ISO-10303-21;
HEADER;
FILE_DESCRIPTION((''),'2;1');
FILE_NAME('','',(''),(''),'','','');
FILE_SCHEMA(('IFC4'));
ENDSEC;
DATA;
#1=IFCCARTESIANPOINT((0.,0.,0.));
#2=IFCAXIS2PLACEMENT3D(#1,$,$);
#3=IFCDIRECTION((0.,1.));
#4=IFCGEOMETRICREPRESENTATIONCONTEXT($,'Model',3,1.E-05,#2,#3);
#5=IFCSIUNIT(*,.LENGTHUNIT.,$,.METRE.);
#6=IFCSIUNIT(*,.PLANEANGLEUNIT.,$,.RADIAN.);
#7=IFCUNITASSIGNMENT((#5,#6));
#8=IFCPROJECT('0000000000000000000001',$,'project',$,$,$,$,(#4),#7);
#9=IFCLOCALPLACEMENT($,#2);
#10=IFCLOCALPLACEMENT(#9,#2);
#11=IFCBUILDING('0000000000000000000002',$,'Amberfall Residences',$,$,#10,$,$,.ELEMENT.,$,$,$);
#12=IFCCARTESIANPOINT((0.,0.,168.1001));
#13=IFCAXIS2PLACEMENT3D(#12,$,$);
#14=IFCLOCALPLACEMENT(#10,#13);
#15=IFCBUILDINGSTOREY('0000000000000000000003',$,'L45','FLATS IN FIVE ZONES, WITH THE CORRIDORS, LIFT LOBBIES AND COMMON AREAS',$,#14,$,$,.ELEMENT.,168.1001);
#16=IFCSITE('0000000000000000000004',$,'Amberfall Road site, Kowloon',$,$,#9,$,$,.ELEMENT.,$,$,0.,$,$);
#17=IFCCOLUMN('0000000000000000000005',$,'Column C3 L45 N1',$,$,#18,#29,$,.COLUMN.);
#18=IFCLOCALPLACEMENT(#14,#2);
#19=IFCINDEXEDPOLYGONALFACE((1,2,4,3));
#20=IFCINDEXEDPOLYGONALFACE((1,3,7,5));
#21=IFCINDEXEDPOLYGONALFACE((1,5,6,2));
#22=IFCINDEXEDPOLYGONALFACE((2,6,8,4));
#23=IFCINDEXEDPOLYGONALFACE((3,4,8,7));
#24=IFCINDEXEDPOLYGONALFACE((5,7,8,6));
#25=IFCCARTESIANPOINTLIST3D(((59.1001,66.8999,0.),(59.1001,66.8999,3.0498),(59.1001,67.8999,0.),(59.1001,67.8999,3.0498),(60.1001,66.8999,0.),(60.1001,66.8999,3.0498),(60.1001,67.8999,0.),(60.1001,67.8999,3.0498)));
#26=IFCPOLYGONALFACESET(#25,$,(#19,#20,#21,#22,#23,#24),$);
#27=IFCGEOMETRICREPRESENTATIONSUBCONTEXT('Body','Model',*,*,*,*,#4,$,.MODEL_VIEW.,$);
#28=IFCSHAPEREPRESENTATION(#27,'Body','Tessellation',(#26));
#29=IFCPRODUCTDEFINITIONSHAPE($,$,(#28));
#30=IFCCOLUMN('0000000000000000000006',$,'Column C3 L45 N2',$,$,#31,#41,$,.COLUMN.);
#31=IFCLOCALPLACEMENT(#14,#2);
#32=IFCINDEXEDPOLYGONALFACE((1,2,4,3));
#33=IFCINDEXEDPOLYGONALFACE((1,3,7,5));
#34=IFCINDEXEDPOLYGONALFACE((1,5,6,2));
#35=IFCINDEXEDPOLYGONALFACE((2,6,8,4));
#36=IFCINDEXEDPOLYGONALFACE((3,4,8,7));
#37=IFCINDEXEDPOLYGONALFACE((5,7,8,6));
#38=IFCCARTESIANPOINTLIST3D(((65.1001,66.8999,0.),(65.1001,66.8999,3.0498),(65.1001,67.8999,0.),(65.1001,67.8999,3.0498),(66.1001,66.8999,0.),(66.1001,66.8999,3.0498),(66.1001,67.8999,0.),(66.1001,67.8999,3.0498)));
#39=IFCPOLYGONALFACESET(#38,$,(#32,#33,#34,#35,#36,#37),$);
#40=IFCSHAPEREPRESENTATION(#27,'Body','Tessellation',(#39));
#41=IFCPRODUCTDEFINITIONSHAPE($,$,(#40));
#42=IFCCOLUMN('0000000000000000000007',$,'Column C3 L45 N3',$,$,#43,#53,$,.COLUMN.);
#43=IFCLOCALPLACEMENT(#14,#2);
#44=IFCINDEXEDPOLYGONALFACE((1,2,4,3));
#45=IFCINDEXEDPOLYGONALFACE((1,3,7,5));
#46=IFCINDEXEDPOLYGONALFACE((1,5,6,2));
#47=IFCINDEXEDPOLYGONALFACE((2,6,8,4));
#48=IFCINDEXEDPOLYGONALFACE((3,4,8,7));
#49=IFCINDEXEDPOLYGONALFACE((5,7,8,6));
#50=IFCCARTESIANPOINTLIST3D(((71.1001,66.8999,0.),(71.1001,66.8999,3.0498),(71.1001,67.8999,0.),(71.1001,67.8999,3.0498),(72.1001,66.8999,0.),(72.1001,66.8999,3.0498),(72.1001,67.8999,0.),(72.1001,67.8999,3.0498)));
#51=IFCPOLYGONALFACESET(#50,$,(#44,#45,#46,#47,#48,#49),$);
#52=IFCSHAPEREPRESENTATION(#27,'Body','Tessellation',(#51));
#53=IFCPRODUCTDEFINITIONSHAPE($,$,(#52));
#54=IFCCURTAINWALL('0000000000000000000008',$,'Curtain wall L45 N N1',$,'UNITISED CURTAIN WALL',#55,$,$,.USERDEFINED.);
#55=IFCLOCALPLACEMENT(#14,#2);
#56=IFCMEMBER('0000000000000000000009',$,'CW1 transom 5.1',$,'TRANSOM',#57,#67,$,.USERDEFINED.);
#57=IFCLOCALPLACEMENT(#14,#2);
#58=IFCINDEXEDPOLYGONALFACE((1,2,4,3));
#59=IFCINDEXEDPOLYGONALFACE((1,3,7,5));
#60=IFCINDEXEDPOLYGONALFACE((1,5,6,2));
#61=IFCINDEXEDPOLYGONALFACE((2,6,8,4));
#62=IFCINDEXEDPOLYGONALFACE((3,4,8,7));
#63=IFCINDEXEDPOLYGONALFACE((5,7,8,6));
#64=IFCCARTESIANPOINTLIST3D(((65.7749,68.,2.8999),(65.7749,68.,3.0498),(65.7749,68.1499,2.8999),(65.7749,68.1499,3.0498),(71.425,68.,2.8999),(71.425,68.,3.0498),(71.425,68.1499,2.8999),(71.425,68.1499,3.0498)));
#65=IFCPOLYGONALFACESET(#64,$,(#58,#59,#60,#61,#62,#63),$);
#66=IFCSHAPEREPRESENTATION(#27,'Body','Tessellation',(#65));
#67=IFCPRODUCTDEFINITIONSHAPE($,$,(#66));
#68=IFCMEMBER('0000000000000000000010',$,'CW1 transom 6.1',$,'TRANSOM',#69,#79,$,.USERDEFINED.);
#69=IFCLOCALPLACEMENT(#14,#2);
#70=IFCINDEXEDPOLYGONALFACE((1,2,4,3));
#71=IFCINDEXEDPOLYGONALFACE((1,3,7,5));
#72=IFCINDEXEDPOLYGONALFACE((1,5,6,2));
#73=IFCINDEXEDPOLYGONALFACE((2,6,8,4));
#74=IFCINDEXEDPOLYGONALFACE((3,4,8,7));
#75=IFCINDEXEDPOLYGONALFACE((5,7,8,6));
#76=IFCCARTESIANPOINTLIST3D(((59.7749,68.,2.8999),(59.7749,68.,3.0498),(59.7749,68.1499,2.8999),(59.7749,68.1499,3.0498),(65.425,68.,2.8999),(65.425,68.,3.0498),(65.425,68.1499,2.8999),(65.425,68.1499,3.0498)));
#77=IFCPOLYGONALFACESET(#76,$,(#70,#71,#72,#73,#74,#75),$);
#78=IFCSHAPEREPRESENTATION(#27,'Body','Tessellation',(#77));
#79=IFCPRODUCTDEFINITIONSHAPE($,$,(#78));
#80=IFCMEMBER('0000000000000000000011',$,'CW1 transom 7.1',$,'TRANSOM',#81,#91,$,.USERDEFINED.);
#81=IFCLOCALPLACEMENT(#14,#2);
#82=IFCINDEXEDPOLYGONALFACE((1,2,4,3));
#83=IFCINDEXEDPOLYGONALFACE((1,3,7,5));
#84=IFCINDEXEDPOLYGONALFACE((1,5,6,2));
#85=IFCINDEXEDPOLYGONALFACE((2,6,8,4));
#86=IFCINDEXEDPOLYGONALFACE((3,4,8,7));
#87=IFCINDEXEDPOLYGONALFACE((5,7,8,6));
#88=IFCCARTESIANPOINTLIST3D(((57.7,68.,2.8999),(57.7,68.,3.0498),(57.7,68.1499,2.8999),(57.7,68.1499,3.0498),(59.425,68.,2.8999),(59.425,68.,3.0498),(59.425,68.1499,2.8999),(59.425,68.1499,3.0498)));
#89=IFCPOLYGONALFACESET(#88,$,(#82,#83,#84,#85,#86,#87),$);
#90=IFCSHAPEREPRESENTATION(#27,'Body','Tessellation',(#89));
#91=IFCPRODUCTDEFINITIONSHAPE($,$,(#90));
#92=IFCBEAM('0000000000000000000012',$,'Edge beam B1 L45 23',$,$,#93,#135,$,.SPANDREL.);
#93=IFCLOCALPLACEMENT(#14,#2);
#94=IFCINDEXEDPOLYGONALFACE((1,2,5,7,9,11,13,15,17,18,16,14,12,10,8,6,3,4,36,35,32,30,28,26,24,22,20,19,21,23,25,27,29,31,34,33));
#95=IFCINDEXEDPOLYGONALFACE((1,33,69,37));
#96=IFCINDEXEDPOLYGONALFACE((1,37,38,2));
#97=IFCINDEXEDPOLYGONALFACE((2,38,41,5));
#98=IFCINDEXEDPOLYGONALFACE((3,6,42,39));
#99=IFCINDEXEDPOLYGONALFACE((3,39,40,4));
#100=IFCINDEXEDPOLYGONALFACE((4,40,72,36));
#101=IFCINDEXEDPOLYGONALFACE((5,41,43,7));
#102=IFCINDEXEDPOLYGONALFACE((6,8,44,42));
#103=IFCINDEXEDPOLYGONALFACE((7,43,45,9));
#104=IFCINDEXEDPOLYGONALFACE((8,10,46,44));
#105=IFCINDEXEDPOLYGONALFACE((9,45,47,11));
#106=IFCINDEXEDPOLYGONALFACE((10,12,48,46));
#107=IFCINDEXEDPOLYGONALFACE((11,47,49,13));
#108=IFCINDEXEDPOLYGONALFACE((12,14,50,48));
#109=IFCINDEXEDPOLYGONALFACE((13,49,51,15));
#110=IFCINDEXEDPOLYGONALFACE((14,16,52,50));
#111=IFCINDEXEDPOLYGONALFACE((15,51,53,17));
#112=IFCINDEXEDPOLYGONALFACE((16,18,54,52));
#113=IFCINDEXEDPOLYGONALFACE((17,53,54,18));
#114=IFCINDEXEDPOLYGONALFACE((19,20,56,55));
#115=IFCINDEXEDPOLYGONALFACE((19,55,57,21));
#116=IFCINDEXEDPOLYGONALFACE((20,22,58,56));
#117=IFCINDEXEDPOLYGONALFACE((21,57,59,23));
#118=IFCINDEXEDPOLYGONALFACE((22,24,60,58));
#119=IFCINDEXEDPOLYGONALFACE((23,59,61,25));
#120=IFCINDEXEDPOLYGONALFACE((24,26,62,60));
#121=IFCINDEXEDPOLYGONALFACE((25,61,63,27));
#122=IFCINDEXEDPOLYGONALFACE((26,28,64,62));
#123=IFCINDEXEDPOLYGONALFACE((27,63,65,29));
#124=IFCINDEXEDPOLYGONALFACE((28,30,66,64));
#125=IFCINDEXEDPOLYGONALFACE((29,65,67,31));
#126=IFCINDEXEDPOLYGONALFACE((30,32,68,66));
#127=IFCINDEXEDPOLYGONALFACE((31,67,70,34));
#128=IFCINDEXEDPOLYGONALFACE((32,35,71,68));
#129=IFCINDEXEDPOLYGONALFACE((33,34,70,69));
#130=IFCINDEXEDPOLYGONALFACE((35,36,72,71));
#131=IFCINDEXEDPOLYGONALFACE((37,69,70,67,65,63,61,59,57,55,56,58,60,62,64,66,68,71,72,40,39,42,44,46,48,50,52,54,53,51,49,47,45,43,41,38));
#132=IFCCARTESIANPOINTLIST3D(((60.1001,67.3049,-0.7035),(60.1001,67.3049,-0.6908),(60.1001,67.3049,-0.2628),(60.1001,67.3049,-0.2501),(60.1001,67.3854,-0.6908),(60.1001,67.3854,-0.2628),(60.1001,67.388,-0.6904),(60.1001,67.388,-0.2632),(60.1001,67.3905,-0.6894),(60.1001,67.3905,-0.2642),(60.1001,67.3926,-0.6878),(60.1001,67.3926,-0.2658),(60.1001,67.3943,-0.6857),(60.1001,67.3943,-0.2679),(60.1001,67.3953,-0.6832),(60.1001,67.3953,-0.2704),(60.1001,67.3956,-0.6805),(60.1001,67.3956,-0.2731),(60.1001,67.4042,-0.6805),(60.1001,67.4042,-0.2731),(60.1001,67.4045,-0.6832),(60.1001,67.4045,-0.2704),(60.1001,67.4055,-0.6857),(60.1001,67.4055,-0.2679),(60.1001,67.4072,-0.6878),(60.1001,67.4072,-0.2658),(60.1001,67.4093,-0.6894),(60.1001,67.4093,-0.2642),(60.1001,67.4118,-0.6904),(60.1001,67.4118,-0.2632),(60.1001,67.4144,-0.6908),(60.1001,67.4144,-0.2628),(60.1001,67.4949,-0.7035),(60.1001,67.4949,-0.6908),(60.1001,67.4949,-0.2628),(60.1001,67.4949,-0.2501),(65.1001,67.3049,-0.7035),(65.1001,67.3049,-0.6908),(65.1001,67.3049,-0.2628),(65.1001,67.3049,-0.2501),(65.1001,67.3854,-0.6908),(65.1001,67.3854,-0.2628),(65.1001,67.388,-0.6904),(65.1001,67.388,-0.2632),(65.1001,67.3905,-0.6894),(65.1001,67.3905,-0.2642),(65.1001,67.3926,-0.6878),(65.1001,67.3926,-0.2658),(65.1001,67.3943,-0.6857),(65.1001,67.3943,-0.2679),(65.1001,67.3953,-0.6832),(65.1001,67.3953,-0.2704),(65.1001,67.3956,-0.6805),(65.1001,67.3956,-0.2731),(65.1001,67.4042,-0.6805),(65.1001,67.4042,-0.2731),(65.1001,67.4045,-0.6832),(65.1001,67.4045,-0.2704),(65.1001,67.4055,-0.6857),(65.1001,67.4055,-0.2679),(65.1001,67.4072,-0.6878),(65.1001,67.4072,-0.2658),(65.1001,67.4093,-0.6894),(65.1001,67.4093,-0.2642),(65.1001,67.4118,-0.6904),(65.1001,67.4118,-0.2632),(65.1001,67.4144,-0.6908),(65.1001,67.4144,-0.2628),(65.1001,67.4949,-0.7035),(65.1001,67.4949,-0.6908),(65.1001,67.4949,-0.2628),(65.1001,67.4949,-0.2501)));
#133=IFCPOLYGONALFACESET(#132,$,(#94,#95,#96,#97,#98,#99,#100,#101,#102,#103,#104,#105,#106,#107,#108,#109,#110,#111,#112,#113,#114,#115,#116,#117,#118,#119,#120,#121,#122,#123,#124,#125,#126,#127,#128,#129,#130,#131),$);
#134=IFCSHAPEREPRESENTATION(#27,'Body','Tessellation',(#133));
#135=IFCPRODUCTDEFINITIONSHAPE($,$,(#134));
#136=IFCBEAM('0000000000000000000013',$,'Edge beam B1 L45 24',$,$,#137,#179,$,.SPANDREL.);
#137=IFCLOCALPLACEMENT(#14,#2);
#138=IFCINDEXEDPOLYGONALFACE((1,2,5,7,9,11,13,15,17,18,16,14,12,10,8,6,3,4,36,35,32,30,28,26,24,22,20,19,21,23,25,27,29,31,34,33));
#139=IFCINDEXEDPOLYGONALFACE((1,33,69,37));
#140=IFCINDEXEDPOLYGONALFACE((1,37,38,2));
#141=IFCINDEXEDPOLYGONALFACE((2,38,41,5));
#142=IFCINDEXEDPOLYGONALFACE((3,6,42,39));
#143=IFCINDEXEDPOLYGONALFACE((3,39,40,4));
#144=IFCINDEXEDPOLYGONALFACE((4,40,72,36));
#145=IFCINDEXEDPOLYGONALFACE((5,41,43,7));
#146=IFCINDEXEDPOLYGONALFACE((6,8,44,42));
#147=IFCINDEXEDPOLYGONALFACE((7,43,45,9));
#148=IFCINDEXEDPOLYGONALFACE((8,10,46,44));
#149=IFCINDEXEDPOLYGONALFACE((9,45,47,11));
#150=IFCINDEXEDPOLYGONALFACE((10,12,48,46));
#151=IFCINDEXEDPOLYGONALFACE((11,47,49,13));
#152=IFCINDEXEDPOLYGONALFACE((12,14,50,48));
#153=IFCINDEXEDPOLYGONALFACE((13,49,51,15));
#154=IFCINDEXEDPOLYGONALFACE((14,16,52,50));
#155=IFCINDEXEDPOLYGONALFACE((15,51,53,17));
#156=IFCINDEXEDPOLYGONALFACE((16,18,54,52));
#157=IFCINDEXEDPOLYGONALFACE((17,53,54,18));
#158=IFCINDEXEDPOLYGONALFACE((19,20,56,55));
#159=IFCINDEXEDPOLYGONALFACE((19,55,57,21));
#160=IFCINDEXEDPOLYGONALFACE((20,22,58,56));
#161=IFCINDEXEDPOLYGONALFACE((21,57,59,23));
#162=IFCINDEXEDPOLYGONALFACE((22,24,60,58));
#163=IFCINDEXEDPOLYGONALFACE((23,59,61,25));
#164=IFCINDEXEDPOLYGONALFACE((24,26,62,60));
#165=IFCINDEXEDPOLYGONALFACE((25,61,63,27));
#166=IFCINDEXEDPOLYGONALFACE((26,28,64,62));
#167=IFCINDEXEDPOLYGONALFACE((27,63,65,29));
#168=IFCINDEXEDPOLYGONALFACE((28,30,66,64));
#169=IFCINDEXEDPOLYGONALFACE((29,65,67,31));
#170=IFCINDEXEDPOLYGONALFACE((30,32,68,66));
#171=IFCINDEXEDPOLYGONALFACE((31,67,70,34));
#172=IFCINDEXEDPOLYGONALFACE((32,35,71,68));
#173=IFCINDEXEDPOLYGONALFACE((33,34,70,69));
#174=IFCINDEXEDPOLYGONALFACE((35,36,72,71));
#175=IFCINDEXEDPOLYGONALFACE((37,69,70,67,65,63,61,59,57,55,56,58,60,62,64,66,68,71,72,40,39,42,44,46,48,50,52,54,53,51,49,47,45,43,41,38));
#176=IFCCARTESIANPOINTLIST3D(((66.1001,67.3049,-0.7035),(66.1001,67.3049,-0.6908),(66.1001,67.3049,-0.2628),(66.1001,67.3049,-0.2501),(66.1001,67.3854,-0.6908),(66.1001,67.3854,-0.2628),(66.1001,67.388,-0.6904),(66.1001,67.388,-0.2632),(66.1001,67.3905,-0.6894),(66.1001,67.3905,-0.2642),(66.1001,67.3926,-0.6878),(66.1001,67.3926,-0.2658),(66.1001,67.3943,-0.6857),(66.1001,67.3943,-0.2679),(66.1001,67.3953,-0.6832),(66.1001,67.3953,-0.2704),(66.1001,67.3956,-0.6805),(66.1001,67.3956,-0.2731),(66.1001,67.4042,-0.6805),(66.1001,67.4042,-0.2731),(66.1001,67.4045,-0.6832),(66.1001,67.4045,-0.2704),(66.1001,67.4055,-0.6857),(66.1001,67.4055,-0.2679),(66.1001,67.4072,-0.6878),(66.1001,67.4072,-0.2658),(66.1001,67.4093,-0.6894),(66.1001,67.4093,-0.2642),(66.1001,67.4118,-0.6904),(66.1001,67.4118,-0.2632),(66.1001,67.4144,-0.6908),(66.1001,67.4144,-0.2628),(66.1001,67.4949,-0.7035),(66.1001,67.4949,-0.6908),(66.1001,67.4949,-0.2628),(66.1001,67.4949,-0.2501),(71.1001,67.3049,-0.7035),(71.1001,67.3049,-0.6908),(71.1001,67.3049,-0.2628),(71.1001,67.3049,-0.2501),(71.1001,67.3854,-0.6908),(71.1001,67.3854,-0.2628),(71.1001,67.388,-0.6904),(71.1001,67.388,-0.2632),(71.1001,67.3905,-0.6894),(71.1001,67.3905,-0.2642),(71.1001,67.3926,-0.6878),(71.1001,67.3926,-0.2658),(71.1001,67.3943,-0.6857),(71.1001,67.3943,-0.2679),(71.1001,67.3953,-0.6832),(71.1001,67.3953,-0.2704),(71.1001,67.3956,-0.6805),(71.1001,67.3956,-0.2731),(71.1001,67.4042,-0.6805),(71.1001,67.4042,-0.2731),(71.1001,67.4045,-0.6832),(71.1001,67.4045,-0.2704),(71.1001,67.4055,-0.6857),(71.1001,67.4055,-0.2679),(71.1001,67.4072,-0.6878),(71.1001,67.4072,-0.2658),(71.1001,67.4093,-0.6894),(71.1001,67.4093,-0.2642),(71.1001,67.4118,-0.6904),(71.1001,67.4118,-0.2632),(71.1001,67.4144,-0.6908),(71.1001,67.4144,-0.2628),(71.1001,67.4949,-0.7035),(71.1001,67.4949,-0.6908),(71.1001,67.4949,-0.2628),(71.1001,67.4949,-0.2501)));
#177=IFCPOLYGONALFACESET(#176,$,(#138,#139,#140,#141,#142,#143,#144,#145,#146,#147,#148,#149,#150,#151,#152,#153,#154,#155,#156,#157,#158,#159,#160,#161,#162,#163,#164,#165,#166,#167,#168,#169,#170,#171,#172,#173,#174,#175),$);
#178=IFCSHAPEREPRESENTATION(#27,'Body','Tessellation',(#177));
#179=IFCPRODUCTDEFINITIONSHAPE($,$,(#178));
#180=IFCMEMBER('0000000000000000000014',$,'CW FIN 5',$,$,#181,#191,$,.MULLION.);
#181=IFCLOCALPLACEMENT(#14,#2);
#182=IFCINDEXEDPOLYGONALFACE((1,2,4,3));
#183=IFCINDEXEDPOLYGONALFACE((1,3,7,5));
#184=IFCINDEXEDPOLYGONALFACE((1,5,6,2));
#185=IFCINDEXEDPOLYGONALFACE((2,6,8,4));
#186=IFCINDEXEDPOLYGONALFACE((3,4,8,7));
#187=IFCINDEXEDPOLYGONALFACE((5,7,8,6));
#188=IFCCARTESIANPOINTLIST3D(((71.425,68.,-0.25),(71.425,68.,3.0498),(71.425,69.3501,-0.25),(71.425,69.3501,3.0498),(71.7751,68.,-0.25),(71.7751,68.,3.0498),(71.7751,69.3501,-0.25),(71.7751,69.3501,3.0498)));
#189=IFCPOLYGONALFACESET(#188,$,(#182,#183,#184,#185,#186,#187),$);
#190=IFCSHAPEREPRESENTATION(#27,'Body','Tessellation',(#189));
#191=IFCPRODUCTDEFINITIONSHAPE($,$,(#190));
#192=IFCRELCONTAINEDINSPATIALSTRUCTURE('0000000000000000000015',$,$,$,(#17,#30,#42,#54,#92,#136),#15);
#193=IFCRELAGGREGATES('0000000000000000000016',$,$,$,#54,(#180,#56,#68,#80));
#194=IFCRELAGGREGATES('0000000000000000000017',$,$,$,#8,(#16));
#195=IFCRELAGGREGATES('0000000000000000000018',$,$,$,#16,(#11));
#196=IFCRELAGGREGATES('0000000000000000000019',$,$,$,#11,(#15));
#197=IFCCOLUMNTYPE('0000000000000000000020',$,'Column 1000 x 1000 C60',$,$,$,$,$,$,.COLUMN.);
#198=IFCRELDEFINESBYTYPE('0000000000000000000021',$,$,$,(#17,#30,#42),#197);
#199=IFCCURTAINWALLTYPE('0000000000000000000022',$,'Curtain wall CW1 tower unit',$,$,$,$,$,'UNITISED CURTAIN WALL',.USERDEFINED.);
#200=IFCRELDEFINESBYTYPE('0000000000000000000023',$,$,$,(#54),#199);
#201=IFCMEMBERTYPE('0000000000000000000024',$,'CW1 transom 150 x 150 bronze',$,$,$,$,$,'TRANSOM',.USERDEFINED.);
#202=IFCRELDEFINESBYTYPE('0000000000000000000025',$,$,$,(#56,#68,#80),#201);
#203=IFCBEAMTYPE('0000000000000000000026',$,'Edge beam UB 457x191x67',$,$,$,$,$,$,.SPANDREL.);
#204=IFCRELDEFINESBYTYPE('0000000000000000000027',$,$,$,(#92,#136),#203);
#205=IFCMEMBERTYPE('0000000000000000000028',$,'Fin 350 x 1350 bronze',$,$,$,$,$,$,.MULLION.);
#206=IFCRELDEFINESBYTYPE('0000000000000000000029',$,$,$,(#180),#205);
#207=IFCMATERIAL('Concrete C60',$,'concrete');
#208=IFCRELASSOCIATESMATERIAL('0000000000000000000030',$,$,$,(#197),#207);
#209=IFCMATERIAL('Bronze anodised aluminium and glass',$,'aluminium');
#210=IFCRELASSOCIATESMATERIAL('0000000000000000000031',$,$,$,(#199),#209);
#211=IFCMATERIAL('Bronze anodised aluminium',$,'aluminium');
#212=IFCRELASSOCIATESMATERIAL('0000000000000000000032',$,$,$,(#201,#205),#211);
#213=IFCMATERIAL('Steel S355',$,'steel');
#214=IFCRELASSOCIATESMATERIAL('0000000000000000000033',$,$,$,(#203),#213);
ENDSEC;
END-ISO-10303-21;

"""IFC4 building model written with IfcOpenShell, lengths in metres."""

from ifc_helpers import new_model, si_unit, direction, frame, origin, origin_2d, place, context, subcontext, project, spatial, rectangle, i_section, extrude, material, material_profile, profile_set, type_object, element, aggregate, save


model = new_model("IFC4")

# Units and contexts
model_context = context("Model", 3, precision=1e-05, world=origin(), true_north=direction((0.0, 1.0)))
body_context = subcontext(model_context, "Body", "Model", "MODEL_VIEW")
ifc_project = project(units=[si_unit("LENGTHUNIT", "METRE"), si_unit("PLANEANGLEUNIT", "RADIAN")], contexts=[model_context])

# Site, building, storey
site_placement = place(None, origin())
site = spatial("IfcSite", under=ifc_project, at=site_placement, Name="Amberfall Road site, Kowloon", CompositionType="ELEMENT", RefElevation=0.0)
building_placement = place(site_placement, origin())
building = spatial("IfcBuilding", under=site, at=building_placement, Name="Amberfall Residences", CompositionType="ELEMENT")
storey_placement = place(building_placement, frame((0.0, 0.0, 168.1001)))
storey = spatial("IfcBuildingStorey", under=building, at=storey_placement, Name="L45", Description="FLATS IN FIVE ZONES, WITH THE CORRIDORS, LIFT LOBBIES AND COMMON AREAS", CompositionType="ELEMENT", Elevation=168.1001)

# Columns
ifc_material_1 = material(Name="Concrete C60", Category="concrete")
ifc_material_profile_1 = material_profile(ifc_material_1, rectangle(XDim=1.0, YDim=1.0, at=origin_2d()), Name="Column 1000 x 1000 C60")
ifc_profile_set_1 = profile_set([ifc_material_profile_1], Name="Concrete C60")
column_type = type_object("IfcColumnType", Name="Column 1000 x 1000 C60", PredefinedType="COLUMN", material=ifc_profile_set_1)
for number, where, z_axis, x_axis, name in (
    (1, (59.6001, 67.3999, 0.0), (0.0, 0.0, 1.0), (1.0, 0.0, 0.0), "Column C3 L45 N1"),
    (2, (65.6001, 67.3999, 0.0), (0.0, 0.0, 1.0), (1.0, 0.0, 0.0), "Column C3 L45 N2"),
    (3, (71.6001, 67.3999, 0.0), (0.0, 0.0, 1.0), (1.0, 0.0, 0.0), "Column C3 L45 N3"),
):
    element("IfcColumn", number, at=place(storey_placement, frame(where, z_axis=z_axis, x_axis=x_axis)), inside=storey, type_object=column_type, Name=name, PredefinedType="COLUMN", context=body_context, shape_type="SweptSolid", body=[
        extrude(rectangle(XDim=1.0, YDim=1.0, at=origin_2d()), origin(), (0.0, 0.0, 1.0), 3.0498),
    ])

# Curtain wall, members
ifc_material_2 = material(Name="Bronze anodised aluminium and glass", Category="aluminium")
curtain_wall_type = type_object("IfcCurtainWallType", Name="Curtain wall CW1 tower unit", ElementType="UNITISED CURTAIN WALL", PredefinedType="USERDEFINED", material=ifc_material_2)
curtain_wall_placement = place(storey_placement, origin())
curtain_wall = element("IfcCurtainWall", 4, at=curtain_wall_placement, inside=storey, type_object=curtain_wall_type, Name="Curtain wall L45 N N1", ObjectType="UNITISED CURTAIN WALL", PredefinedType="USERDEFINED")
ifc_material_3 = material(Name="Bronze anodised aluminium", Category="aluminium")
ifc_material_profile_2 = material_profile(ifc_material_3, rectangle(XDim=0.1499, YDim=0.1499, at=origin_2d()), Name="CW1 transom 150 x 150 bronze")
ifc_profile_set_2 = profile_set([ifc_material_profile_2], Name="Bronze anodised aluminium")
member_type_1 = type_object("IfcMemberType", Name="CW1 transom 150 x 150 bronze", ElementType="TRANSOM", PredefinedType="USERDEFINED", material=ifc_profile_set_2)
member_1_placement = place(storey_placement, frame((71.425, 68.075, 2.9749), z_axis=(-1.0, 0.0, 0.0), x_axis=(0.0, -1.0, 0.0)))
member_1 = element("IfcMember", 5, at=member_1_placement, type_object=member_type_1, Name="CW1 transom 5.1", ObjectType="TRANSOM", PredefinedType="USERDEFINED", context=body_context, shape_type="SweptSolid", body=[
    extrude(rectangle(XDim=0.1499, YDim=0.1499, at=origin_2d()), origin(), (0.0, 0.0, 1.0), 5.6501),
])
member_2_placement = place(storey_placement, frame((65.425, 68.075, 2.9749), z_axis=(-1.0, 0.0, 0.0), x_axis=(0.0, -1.0, 0.0)))
member_2 = element("IfcMember", 6, at=member_2_placement, type_object=member_type_1, Name="CW1 transom 6.1", ObjectType="TRANSOM", PredefinedType="USERDEFINED", context=body_context, shape_type="SweptSolid", body=[
    extrude(rectangle(XDim=0.1499, YDim=0.1499, at=origin_2d()), origin(), (0.0, 0.0, 1.0), 5.6501),
])
member_3_placement = place(storey_placement, frame((59.425, 68.075, 2.9749), z_axis=(-1.0, 0.0, 0.0), x_axis=(0.0, -1.0, 0.0)))
member_3 = element("IfcMember", 7, at=member_3_placement, type_object=member_type_1, Name="CW1 transom 7.1", ObjectType="TRANSOM", PredefinedType="USERDEFINED", context=body_context, shape_type="SweptSolid", body=[
    extrude(rectangle(XDim=0.1499, YDim=0.1499, at=origin_2d()), origin(), (0.0, 0.0, 1.0), 1.7251),
])

# Beams
ifc_material_4 = material(Name="Steel S355", Category="steel")
ifc_material_profile_3 = material_profile(ifc_material_4, i_section(OverallWidth=0.1899, OverallDepth=0.4534, WebThickness=0.0085, FlangeThickness=0.0127, FilletRadius=0.0103, at=origin_2d()), Name="UB 457x191x67")
ifc_profile_set_3 = profile_set([ifc_material_profile_3], Name="Steel S355")
beam_type_1 = type_object("IfcBeamType", Name="Edge beam UB 457x191x67", PredefinedType="SPANDREL", material=ifc_profile_set_3)
for number, where, z_axis, x_axis, name in (
    (8, (60.1001, 67.3999, -0.4768), (1.0, 0.0, 0.0), (0.0, 1.0, 0.0), "Edge beam B1 L45 23"),
    (9, (66.1001, 67.3999, -0.4768), (1.0, 0.0, 0.0), (0.0, 1.0, 0.0), "Edge beam B1 L45 24"),
):
    element("IfcBeam", number, at=place(storey_placement, frame(where, z_axis=z_axis, x_axis=x_axis)), inside=storey, type_object=beam_type_1, Name=name, PredefinedType="SPANDREL", context=body_context, shape_type="SweptSolid", body=[
        extrude(i_section(OverallWidth=0.1899, OverallDepth=0.4534, WebThickness=0.0085, FlangeThickness=0.0127, FilletRadius=0.0103, at=origin_2d()), origin(), (0.0, 0.0, 1.0), 5.0),
    ])

# Member
ifc_material_profile_4 = material_profile(ifc_material_3, rectangle(XDim=1.3501, YDim=0.3501, at=origin_2d()), Name="Fin 350 x 1350 bronze")
ifc_profile_set_4 = profile_set([ifc_material_profile_4], Name="Bronze anodised aluminium")
member_type_2 = type_object("IfcMemberType", Name="Fin 350 x 1350 bronze", PredefinedType="MULLION", material=ifc_profile_set_4)
member_4_placement = place(storey_placement, frame((71.6001, 68.675, -0.25), z_axis=(0.0, 0.0, 1.0), x_axis=(0.0, -1.0, 0.0)))
member_4 = element("IfcMember", 10, at=member_4_placement, type_object=member_type_2, Name="CW FIN 5", PredefinedType="MULLION", context=body_context, shape_type="SweptSolid", body=[
    extrude(rectangle(XDim=1.3501, YDim=0.3501, at=origin_2d()), origin(), (0.0, 0.0, 1.0), 3.2998),
])

aggregate(curtain_wall, [member_4, member_1, member_2, member_3])

save(model, "model.ifc")
